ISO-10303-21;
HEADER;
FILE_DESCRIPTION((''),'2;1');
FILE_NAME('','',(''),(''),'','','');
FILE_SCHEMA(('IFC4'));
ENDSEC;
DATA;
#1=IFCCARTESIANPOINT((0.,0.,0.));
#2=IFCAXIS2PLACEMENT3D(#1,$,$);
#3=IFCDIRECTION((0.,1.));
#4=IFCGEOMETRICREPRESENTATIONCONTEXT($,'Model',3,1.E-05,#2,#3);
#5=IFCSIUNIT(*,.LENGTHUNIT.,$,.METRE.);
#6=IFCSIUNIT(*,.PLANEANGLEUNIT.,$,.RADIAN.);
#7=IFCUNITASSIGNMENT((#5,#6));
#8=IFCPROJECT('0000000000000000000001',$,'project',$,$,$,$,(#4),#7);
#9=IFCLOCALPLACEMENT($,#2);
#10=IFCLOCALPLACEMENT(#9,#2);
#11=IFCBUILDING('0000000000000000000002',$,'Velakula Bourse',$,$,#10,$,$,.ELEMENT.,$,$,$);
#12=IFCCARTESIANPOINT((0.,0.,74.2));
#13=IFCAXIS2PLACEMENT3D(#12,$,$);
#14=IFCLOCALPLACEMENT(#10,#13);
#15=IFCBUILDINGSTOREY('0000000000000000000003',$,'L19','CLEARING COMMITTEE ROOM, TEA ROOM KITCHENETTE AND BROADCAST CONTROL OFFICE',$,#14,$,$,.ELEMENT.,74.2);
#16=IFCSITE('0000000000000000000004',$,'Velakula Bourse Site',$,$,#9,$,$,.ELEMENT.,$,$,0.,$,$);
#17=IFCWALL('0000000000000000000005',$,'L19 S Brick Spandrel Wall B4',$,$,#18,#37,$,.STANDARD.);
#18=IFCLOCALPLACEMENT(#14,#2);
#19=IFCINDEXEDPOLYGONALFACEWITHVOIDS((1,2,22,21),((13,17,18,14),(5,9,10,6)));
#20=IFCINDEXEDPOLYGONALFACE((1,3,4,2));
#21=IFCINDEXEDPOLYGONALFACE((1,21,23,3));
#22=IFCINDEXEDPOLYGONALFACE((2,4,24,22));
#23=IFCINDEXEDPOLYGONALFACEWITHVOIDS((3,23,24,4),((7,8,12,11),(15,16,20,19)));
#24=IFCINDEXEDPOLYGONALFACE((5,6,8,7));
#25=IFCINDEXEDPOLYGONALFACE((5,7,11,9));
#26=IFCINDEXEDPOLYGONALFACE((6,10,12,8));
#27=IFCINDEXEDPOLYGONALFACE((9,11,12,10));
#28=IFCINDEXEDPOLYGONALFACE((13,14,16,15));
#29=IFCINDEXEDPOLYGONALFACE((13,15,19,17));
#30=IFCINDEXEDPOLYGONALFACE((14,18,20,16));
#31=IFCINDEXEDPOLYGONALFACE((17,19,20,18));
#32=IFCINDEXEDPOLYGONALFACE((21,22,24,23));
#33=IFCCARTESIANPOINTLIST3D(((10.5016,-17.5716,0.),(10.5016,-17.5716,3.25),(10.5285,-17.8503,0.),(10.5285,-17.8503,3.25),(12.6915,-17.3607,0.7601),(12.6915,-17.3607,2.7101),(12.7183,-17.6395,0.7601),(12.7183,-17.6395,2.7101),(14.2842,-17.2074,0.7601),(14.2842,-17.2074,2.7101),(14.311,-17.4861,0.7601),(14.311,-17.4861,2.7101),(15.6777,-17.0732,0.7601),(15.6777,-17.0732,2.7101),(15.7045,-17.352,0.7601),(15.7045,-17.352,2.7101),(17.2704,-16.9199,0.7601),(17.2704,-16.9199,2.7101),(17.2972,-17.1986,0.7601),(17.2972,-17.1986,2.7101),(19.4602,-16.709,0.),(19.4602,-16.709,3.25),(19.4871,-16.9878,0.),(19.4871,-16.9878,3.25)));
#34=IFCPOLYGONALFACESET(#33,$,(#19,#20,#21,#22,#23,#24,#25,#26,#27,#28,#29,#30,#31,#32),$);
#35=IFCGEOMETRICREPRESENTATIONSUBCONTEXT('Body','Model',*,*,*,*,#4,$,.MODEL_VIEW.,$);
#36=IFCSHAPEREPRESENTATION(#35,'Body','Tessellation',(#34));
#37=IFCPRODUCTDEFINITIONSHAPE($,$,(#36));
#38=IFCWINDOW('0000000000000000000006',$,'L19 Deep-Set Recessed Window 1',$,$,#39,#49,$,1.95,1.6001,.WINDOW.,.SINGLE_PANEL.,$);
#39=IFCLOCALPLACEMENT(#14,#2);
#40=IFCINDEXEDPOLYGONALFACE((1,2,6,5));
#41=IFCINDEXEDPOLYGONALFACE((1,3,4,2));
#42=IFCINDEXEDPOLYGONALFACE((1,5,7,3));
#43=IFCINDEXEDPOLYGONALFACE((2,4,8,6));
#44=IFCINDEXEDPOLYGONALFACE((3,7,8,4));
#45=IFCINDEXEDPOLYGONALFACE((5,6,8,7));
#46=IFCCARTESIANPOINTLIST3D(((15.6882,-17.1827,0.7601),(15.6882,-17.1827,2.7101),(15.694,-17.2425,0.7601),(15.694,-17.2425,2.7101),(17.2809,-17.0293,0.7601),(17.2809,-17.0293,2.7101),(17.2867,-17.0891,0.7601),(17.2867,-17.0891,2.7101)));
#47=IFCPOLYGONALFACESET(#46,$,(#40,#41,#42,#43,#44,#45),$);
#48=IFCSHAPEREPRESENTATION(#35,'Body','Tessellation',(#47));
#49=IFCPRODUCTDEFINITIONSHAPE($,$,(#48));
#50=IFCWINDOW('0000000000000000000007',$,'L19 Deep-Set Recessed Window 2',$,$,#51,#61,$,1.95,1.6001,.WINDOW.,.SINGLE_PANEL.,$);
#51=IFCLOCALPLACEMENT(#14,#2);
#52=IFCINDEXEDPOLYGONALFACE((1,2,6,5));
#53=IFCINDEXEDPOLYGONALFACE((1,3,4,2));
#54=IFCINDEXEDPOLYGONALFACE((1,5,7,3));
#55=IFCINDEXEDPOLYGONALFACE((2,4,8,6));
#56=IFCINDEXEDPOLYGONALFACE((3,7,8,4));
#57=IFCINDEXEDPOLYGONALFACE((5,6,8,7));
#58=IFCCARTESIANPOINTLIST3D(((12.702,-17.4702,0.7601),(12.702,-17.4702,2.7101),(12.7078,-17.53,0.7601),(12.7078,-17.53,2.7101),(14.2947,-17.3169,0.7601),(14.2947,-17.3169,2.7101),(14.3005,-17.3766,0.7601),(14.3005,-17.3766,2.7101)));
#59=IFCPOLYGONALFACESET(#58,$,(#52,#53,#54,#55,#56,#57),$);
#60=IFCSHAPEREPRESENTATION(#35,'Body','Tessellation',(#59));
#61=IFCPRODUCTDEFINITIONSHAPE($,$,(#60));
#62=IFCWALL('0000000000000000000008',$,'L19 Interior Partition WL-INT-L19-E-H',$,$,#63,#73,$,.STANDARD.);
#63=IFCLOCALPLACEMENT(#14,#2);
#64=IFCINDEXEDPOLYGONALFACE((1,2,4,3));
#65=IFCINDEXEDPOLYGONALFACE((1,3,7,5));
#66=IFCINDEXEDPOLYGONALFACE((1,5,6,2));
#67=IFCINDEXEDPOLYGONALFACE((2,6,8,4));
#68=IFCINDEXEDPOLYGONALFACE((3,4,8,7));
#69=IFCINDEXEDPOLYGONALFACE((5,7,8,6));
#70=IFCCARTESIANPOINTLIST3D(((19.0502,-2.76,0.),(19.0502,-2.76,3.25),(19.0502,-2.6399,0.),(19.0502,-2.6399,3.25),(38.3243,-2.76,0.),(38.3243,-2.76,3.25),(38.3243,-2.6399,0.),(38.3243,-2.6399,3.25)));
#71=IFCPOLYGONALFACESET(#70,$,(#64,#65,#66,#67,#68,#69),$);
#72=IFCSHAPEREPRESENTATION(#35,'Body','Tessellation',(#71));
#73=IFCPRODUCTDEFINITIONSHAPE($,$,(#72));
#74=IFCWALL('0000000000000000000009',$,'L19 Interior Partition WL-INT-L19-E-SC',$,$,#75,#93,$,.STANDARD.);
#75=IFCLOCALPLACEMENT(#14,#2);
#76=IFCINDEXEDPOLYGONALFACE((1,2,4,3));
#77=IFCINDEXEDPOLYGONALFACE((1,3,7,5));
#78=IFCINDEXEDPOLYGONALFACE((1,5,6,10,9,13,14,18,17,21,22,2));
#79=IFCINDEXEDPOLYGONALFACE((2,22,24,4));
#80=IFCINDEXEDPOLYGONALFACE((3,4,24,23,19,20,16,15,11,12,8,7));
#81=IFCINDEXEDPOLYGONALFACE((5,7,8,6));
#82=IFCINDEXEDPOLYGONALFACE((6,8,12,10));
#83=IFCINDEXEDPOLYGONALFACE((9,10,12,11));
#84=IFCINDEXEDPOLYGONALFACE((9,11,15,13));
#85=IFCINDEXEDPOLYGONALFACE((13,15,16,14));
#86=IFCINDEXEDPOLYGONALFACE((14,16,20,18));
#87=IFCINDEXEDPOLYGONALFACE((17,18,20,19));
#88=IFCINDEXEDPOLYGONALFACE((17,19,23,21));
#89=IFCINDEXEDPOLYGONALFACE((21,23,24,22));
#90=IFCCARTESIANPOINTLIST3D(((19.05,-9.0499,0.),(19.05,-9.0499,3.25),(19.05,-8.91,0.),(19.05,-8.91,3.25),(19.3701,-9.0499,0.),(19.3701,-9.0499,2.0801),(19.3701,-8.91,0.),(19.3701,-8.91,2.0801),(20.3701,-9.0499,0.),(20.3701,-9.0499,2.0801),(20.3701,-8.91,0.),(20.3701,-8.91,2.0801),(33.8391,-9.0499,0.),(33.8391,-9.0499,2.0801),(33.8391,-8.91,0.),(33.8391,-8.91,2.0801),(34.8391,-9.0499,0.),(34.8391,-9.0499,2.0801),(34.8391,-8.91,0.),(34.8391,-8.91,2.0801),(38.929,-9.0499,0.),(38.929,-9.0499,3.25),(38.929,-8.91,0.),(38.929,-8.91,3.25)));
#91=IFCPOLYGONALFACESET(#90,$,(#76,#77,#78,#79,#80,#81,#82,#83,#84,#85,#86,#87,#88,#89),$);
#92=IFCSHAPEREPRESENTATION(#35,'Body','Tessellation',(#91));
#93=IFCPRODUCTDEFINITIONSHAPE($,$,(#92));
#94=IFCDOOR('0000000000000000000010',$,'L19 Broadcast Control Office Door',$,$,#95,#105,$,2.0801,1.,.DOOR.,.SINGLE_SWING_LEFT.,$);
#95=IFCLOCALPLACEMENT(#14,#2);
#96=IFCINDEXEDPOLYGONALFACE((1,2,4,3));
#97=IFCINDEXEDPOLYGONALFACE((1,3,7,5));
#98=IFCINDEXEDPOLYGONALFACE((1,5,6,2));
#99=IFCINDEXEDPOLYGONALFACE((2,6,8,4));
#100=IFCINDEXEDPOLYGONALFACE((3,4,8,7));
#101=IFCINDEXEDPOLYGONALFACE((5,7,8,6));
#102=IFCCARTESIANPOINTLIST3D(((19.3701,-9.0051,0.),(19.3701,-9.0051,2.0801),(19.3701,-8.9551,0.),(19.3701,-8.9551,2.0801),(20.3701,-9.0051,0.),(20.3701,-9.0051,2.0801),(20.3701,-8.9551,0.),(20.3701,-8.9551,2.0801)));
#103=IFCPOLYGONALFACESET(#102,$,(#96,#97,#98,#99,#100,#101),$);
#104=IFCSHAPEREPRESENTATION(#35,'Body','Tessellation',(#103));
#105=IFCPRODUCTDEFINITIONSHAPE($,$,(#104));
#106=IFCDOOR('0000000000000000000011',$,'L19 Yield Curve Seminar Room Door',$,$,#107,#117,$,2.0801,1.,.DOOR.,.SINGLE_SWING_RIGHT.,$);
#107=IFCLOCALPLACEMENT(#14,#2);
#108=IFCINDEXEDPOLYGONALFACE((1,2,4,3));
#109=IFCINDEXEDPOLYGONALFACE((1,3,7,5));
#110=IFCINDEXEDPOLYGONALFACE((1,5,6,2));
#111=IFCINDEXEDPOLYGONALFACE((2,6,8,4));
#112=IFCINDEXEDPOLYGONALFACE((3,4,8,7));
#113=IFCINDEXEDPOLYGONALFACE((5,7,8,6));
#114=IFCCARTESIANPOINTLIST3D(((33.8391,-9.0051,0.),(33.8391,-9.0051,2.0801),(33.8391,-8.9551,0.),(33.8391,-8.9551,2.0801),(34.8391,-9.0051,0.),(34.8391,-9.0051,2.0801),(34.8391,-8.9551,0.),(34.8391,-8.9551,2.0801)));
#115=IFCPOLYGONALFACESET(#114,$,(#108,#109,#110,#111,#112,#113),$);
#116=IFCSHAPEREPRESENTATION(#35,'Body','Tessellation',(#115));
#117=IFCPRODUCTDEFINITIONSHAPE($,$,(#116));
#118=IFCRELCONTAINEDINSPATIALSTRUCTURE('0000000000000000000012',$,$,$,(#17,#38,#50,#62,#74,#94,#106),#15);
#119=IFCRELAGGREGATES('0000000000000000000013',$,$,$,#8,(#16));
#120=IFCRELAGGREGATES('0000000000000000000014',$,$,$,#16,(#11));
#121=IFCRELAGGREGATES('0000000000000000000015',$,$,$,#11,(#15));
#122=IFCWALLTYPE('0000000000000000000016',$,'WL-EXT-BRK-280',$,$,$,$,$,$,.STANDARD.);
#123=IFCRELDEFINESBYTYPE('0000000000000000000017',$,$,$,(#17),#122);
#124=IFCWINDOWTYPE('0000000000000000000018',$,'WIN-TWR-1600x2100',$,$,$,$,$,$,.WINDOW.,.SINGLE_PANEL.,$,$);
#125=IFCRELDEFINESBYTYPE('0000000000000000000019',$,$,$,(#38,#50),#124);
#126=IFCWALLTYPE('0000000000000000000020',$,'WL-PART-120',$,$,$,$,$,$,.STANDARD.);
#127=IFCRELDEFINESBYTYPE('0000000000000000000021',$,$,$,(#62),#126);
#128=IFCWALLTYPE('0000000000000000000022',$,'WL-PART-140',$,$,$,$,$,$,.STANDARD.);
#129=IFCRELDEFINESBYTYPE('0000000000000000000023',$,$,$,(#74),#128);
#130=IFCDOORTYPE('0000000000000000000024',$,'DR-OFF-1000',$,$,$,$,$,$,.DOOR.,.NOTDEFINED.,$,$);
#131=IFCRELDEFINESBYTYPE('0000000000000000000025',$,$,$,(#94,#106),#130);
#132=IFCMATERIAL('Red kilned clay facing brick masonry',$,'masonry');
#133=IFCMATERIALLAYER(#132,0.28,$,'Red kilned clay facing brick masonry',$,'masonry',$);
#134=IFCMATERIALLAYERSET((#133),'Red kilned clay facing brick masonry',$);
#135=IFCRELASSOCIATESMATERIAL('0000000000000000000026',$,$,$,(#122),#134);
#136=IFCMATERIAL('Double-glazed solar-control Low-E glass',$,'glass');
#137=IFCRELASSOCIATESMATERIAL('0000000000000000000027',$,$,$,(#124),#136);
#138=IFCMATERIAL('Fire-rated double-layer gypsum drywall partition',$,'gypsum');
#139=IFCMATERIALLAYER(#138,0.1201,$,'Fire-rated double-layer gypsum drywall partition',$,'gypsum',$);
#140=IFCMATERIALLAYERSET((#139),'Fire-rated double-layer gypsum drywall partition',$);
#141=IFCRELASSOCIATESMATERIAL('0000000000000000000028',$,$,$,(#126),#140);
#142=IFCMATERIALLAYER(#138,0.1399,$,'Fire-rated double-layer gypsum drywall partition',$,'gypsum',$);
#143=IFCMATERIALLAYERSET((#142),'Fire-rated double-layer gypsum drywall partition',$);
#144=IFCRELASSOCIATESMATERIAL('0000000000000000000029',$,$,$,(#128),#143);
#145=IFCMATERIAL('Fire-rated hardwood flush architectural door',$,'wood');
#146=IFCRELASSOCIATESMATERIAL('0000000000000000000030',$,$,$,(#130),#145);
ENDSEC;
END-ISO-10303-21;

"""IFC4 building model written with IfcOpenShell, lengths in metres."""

from ifc_helpers import new_model, si_unit, direction, frame, frame_2d, origin, place, context, subcontext, project, spatial, rectangle, extrude, material, layer, layer_set, type_object, element, fill, save


model = new_model("IFC4")

# Units and contexts
model_context = context("Model", 3, precision=1e-05, world=origin(), true_north=direction((0.0, 1.0)))
body_context = subcontext(model_context, "Body", "Model", "MODEL_VIEW")
ifc_project = project(units=[si_unit("LENGTHUNIT", "METRE"), si_unit("PLANEANGLEUNIT", "RADIAN")], contexts=[model_context])

# Site, building, storey
site_placement = place(None, origin())
site = spatial("IfcSite", under=ifc_project, at=site_placement, Name="Velakula Bourse Site", CompositionType="ELEMENT", RefElevation=0.0)
building_placement = place(site_placement, origin())
building = spatial("IfcBuilding", under=site, at=building_placement, Name="Velakula Bourse", CompositionType="ELEMENT")
storey_placement = place(building_placement, frame((0.0, 0.0, 74.2)))
storey = spatial("IfcBuildingStorey", under=building, at=storey_placement, Name="L19", Description="CLEARING COMMITTEE ROOM, TEA ROOM KITCHENETTE AND BROADCAST CONTROL OFFICE", CompositionType="ELEMENT", Elevation=74.2)

# Wall, openings, windows
ifc_material_1 = material(Name="Red kilned clay facing brick masonry", Category="masonry")
ifc_layer_1 = layer(ifc_material_1, 0.28, Name="Red kilned clay facing brick masonry", Category="masonry")
ifc_layer_set_1 = layer_set([ifc_layer_1], Name="Red kilned clay facing brick masonry")
wall_type_1 = type_object("IfcWallType", Name="WL-EXT-BRK-280", PredefinedType="STANDARD", material=ifc_layer_set_1)
wall_1_placement = place(storey_placement, frame((19.4736, -16.8484, 0.0), z_axis=(0.0, 0.0, 1.0), x_axis=(-0.995397, -0.09584, 0.0)))
wall_1 = element("IfcWall", 1, at=wall_1_placement, inside=storey, type_object=wall_type_1, Name="L19 S Brick Spandrel Wall B4", PredefinedType="STANDARD", context=body_context, shape_type="SweptSolid", body=[
    extrude(rectangle(XDim=9.0, YDim=0.28, at=frame_2d((4.5, 0.0))), origin(), (0.0, 0.0, 1.0), 3.25),
])
opening_1_placement = place(wall_1_placement, frame((2.2, 0.0, 0.76)))
opening_1 = element("IfcOpeningElement", 2, at=opening_1_placement, cuts=wall_1, PredefinedType="OPENING", context=body_context, shape_type="SweptSolid", body=[
    extrude(rectangle(XDim=1.6001, YDim=1.95, at=frame_2d((0.8, 0.9751))), frame((0.0, 0.1499, 0.0), z_axis=(0.0, -1.0, 0.0), x_axis=(1.0, 0.0, 0.0)), (0.0, 0.0, 1.0), 0.3),
])
opening_2_placement = place(wall_1_placement, frame((5.2, 0.0, 0.76)))
opening_2 = element("IfcOpeningElement", 3, at=opening_2_placement, cuts=wall_1, PredefinedType="OPENING", context=body_context, shape_type="SweptSolid", body=[
    extrude(rectangle(XDim=1.6001, YDim=1.95, at=frame_2d((0.8, 0.9751))), frame((0.0, 0.1499, 0.0), z_axis=(0.0, -1.0, 0.0), x_axis=(1.0, 0.0, 0.0)), (0.0, 0.0, 1.0), 0.3),
])
ifc_material_2 = material(Name="Double-glazed solar-control Low-E glass", Category="glass")
window_type = type_object("IfcWindowType", Name="WIN-TWR-1600x2100", PartitioningType="SINGLE_PANEL", PredefinedType="WINDOW", material=ifc_material_2)
window_1_placement = place(opening_1_placement, origin())
window_1 = element("IfcWindow", 4, at=window_1_placement, inside=storey, type_object=window_type, Name="L19 Deep-Set Recessed Window 1", OverallHeight=1.95, OverallWidth=1.6001, PartitioningType="SINGLE_PANEL", PredefinedType="WINDOW", context=body_context, shape_type="SweptSolid", body=[
    extrude(rectangle(XDim=1.6001, YDim=1.95, at=frame_2d((0.8, 0.9751))), frame((0.0, 0.03, 0.0), z_axis=(0.0, -1.0, 0.0), x_axis=(1.0, 0.0, 0.0)), (0.0, 0.0, 1.0), 0.0601),
])
fill(opening_1, window_1)
window_2_placement = place(opening_2_placement, origin())
window_2 = element("IfcWindow", 5, at=window_2_placement, inside=storey, type_object=window_type, Name="L19 Deep-Set Recessed Window 2", OverallHeight=1.95, OverallWidth=1.6001, PartitioningType="SINGLE_PANEL", PredefinedType="WINDOW", context=body_context, shape_type="SweptSolid", body=[
    extrude(rectangle(XDim=1.6001, YDim=1.95, at=frame_2d((0.8, 0.9751))), frame((0.0, 0.03, 0.0), z_axis=(0.0, -1.0, 0.0), x_axis=(1.0, 0.0, 0.0)), (0.0, 0.0, 1.0), 0.0601),
])
fill(opening_2, window_2)

# Wall
ifc_material_3 = material(Name="Fire-rated double-layer gypsum drywall partition", Category="gypsum")
ifc_layer_2 = layer(ifc_material_3, 0.1201, Name="Fire-rated double-layer gypsum drywall partition", Category="gypsum")
ifc_layer_set_2 = layer_set([ifc_layer_2], Name="Fire-rated double-layer gypsum drywall partition")
wall_type_2 = type_object("IfcWallType", Name="WL-PART-120", PredefinedType="STANDARD", material=ifc_layer_set_2)
wall_2_placement = place(storey_placement, frame((19.05, -2.7, 0.0), z_axis=(0.0, 0.0, 1.0), x_axis=(1.0, 0.0, 0.0)))
element("IfcWall", 6, at=wall_2_placement, inside=storey, type_object=wall_type_2, Name="L19 Interior Partition WL-INT-L19-E-H", PredefinedType="STANDARD", context=body_context, shape_type="SweptSolid", body=[
    extrude(rectangle(XDim=19.2742, YDim=0.1201, at=frame_2d((9.6372, 0.0))), origin(), (0.0, 0.0, 1.0), 3.25),
])

# Wall, openings, doors
ifc_layer_3 = layer(ifc_material_3, 0.1399, Name="Fire-rated double-layer gypsum drywall partition", Category="gypsum")
ifc_layer_set_3 = layer_set([ifc_layer_3], Name="Fire-rated double-layer gypsum drywall partition")
wall_type_3 = type_object("IfcWallType", Name="WL-PART-140", PredefinedType="STANDARD", material=ifc_layer_set_3)
wall_3_placement = place(storey_placement, frame((19.05, -8.98, 0.0), z_axis=(0.0, 0.0, 1.0), x_axis=(1.0, 0.0, 0.0)))
wall_3 = element("IfcWall", 7, at=wall_3_placement, inside=storey, type_object=wall_type_3, Name="L19 Interior Partition WL-INT-L19-E-SC", PredefinedType="STANDARD", context=body_context, shape_type="SweptSolid", body=[
    extrude(rectangle(XDim=19.8789, YDim=0.1399, at=frame_2d((9.9395, 0.0))), origin(), (0.0, 0.0, 1.0), 3.25),
])
opening_3_placement = place(wall_3_placement, frame((0.3201, 0.0, 0.0)))
opening_3 = element("IfcOpeningElement", 8, at=opening_3_placement, cuts=wall_3, PredefinedType="OPENING", context=body_context, shape_type="SweptSolid", body=[
    extrude(rectangle(XDim=1.0, YDim=2.0801, at=frame_2d((0.5, 1.04))), frame((0.0, 0.0798, 0.0), z_axis=(0.0, -1.0, 0.0), x_axis=(1.0, 0.0, 0.0)), (0.0, 0.0, 1.0), 0.1599),
])
opening_4_placement = place(wall_3_placement, frame((14.7891, 0.0, 0.0)))
opening_4 = element("IfcOpeningElement", 9, at=opening_4_placement, cuts=wall_3, PredefinedType="OPENING", context=body_context, shape_type="SweptSolid", body=[
    extrude(rectangle(XDim=1.0, YDim=2.0801, at=frame_2d((0.5, 1.04))), frame((0.0, 0.0798, 0.0), z_axis=(0.0, -1.0, 0.0), x_axis=(1.0, 0.0, 0.0)), (0.0, 0.0, 1.0), 0.1599),
])
ifc_material_4 = material(Name="Fire-rated hardwood flush architectural door", Category="wood")
door_type = type_object("IfcDoorType", Name="DR-OFF-1000", OperationType="NOTDEFINED", PredefinedType="DOOR", material=ifc_material_4)
door_1_placement = place(opening_3_placement, origin())
door_1 = element("IfcDoor", 10, at=door_1_placement, inside=storey, type_object=door_type, Name="L19 Broadcast Control Office Door", OperationType="SINGLE_SWING_LEFT", OverallHeight=2.0801, OverallWidth=1.0, PredefinedType="DOOR", context=body_context, shape_type="SweptSolid", body=[
    extrude(rectangle(XDim=1.0, YDim=2.0801, at=frame_2d((0.5, 1.04))), frame((0.0, 0.0249, 0.0), z_axis=(0.0, -1.0, 0.0), x_axis=(1.0, 0.0, 0.0)), (0.0, 0.0, 1.0), 0.05),
])
fill(opening_3, door_1)
door_2_placement = place(opening_4_placement, origin())
door_2 = element("IfcDoor", 11, at=door_2_placement, inside=storey, type_object=door_type, Name="L19 Yield Curve Seminar Room Door", OperationType="SINGLE_SWING_RIGHT", OverallHeight=2.0801, OverallWidth=1.0, PredefinedType="DOOR", context=body_context, shape_type="SweptSolid", body=[
    extrude(rectangle(XDim=1.0, YDim=2.0801, at=frame_2d((0.5, 1.04))), frame((0.0, 0.0249, 0.0), z_axis=(0.0, -1.0, 0.0), x_axis=(1.0, 0.0, 0.0)), (0.0, 0.0, 1.0), 0.05),
])
fill(opening_4, door_2)

save(model, "model.ifc")
